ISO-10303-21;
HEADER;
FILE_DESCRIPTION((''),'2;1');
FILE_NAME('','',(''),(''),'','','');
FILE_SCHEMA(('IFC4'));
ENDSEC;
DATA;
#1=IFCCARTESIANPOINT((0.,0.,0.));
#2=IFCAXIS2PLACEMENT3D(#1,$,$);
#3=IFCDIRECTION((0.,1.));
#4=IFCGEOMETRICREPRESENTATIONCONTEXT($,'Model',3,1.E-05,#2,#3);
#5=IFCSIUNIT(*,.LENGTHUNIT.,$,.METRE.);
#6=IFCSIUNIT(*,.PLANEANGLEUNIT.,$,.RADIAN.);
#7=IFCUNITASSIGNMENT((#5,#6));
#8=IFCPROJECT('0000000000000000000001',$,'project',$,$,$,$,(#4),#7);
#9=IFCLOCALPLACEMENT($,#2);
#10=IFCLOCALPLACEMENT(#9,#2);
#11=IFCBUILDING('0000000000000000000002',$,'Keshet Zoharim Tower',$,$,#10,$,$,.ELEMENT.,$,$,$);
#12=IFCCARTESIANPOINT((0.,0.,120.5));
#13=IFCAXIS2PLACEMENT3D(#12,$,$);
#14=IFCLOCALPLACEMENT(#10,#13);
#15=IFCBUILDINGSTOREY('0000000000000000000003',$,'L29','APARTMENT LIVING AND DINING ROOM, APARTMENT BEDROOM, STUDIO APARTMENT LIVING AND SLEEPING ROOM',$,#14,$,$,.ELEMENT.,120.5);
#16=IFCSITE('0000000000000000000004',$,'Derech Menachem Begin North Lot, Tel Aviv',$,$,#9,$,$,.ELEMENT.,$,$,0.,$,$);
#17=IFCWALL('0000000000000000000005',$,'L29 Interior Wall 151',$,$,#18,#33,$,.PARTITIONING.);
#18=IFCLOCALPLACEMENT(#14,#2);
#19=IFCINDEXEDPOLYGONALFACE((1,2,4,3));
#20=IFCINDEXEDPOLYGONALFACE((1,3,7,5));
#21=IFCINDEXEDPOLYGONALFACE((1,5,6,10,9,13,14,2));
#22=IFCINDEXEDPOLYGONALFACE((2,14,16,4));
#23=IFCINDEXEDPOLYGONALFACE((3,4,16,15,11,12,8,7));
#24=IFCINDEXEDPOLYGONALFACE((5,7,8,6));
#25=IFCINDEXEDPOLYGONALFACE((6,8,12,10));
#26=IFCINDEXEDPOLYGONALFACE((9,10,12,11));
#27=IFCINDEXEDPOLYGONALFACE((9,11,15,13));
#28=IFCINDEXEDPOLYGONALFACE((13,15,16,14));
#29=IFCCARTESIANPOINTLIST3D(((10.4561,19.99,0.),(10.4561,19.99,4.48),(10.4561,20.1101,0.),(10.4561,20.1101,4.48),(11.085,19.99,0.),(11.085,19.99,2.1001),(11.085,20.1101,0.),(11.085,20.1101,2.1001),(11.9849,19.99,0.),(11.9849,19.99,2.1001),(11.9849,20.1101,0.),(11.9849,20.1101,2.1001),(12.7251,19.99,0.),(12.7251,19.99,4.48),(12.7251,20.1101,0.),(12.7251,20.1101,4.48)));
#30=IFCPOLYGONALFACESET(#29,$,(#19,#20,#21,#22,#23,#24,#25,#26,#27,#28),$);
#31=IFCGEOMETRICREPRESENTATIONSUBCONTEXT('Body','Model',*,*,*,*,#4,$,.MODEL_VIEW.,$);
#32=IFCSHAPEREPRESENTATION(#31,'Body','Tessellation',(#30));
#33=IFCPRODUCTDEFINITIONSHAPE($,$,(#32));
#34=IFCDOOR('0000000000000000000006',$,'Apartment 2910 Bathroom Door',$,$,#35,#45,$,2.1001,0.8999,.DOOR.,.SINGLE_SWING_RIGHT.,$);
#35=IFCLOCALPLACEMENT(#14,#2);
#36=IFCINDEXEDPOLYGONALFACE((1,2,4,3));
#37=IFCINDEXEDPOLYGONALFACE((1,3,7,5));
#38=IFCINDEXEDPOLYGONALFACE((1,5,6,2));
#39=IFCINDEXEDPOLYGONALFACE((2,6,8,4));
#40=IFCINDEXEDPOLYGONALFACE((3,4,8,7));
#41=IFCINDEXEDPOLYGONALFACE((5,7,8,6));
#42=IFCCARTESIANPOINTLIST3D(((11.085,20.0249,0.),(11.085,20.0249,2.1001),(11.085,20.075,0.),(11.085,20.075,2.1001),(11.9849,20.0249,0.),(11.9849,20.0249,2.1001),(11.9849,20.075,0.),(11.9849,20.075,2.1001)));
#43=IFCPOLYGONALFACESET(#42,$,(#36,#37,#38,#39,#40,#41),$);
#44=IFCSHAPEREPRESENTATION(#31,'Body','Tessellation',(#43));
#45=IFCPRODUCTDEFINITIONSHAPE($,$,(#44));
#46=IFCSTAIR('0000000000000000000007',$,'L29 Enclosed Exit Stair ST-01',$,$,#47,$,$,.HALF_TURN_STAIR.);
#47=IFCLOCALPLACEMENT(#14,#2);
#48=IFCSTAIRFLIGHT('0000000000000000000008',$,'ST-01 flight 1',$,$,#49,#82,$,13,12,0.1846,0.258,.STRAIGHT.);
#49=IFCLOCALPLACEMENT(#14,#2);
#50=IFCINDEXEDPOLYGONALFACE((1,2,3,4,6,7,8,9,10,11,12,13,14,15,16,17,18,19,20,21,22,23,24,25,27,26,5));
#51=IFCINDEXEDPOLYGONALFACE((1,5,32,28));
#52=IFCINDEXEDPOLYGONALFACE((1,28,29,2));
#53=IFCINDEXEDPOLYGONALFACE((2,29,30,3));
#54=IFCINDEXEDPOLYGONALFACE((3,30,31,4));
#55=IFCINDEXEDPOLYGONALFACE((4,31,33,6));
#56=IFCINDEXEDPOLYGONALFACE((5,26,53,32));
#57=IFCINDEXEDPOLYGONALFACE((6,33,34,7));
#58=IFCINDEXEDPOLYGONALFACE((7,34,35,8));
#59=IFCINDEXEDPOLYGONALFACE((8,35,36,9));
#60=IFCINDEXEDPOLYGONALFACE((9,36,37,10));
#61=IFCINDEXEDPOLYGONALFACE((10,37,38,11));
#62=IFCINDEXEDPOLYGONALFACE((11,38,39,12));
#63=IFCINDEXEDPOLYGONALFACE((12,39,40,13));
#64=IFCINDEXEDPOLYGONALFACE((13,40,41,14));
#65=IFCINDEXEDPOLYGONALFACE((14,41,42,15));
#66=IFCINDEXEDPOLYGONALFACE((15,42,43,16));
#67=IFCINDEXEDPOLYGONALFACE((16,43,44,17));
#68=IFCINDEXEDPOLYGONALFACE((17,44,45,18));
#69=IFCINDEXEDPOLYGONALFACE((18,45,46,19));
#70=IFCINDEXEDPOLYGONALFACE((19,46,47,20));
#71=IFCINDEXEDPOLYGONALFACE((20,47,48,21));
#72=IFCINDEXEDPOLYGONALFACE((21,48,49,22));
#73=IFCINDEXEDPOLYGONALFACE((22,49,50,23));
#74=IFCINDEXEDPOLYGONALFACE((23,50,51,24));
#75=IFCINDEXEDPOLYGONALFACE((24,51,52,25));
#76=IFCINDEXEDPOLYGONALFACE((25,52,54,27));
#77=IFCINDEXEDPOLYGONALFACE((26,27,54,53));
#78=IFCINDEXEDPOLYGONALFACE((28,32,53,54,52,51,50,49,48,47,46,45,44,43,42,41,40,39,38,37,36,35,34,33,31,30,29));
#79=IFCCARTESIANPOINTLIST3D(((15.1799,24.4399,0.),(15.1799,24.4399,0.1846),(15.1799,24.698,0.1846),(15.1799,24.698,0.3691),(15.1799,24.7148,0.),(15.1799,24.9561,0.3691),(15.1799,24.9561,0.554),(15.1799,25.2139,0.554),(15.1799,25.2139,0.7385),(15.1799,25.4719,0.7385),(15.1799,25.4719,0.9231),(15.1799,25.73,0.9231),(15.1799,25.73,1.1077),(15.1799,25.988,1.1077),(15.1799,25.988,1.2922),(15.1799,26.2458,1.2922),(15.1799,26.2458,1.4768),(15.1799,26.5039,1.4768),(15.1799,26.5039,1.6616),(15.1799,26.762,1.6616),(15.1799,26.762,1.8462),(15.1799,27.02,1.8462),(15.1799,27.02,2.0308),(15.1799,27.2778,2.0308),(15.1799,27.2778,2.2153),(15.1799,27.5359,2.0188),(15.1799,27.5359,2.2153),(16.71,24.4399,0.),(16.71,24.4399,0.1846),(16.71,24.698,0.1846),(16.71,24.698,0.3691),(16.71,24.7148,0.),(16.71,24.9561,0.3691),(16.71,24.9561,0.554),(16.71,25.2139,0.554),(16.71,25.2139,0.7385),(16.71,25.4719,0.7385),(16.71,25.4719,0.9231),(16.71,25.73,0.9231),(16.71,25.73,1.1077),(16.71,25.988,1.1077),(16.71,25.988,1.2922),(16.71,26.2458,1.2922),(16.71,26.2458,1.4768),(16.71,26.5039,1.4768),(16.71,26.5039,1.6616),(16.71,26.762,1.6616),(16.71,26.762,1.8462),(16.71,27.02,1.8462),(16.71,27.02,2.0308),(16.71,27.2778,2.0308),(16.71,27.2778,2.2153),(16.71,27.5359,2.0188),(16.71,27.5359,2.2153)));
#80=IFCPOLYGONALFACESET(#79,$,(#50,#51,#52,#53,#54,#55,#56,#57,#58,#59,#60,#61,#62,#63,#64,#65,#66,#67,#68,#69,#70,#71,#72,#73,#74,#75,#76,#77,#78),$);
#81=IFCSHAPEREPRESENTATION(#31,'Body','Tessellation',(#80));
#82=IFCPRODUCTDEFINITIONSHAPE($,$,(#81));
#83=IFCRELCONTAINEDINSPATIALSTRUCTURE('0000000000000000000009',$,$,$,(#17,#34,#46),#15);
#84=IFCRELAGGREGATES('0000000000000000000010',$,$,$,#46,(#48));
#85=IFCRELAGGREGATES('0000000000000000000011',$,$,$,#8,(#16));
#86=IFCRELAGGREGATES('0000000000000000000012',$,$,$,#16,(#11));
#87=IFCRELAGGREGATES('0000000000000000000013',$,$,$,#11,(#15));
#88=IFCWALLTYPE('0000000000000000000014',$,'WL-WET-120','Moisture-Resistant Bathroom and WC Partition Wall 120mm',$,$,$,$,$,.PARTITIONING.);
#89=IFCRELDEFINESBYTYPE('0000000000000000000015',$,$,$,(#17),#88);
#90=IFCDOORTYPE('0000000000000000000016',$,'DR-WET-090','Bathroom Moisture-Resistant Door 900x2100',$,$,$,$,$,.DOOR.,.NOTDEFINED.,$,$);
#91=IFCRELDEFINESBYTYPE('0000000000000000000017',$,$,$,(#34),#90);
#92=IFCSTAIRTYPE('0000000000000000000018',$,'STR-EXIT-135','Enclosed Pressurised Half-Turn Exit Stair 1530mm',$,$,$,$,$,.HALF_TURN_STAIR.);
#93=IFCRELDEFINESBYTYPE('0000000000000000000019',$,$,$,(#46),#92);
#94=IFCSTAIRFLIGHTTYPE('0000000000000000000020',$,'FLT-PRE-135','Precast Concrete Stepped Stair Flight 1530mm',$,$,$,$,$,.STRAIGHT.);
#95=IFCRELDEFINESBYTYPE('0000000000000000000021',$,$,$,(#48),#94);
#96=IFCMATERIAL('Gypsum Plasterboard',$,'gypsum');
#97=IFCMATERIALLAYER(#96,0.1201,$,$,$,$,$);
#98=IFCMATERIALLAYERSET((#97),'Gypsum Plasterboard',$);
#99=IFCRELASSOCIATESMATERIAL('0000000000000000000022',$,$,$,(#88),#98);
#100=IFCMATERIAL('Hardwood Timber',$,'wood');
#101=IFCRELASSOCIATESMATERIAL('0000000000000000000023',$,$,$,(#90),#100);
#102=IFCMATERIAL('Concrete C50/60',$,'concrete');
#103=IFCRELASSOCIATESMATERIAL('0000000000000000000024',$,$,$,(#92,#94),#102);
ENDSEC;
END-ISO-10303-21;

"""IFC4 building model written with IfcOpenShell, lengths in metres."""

from ifc_helpers import new_model, si_unit, direction, frame, frame_2d, origin, place, context, subcontext, project, spatial, polyline, rectangle, outline, extrude, material, layer, layer_set, type_object, element, fill, aggregate, save


model = new_model("IFC4")

# Units and contexts
model_context = context("Model", 3, precision=1e-05, world=origin(), true_north=direction((0.0, 1.0)))
body_context = subcontext(model_context, "Body", "Model", "MODEL_VIEW")
ifc_project = project(units=[si_unit("LENGTHUNIT", "METRE"), si_unit("PLANEANGLEUNIT", "RADIAN")], contexts=[model_context])

# Site, building, storey
site_placement = place(None, origin())
site = spatial("IfcSite", under=ifc_project, at=site_placement, Name="Derech Menachem Begin North Lot, Tel Aviv", CompositionType="ELEMENT", RefElevation=0.0)
building_placement = place(site_placement, origin())
building = spatial("IfcBuilding", under=site, at=building_placement, Name="Keshet Zoharim Tower", CompositionType="ELEMENT")
storey_placement = place(building_placement, frame((0.0, 0.0, 120.5)))
storey = spatial("IfcBuildingStorey", under=building, at=storey_placement, Name="L29", Description="APARTMENT LIVING AND DINING ROOM, APARTMENT BEDROOM, STUDIO APARTMENT LIVING AND SLEEPING ROOM", CompositionType="ELEMENT", Elevation=120.5)

# Shared definitions
ifc_material_1 = material(Name="Gypsum Plasterboard", Category="gypsum")

# Shared definitions
ifc_material_2 = material(Name="Concrete C50/60", Category="concrete")
ifc_material_3 = material(Name="Hardwood Timber", Category="wood")

# Shared definitions
ifc_layer_1 = layer(ifc_material_1, 0.1201)
ifc_layer_set_1 = layer_set([ifc_layer_1], Name="Gypsum Plasterboard")
wall_type_1 = type_object("IfcWallType", Name="WL-WET-120", Description="Moisture-Resistant Bathroom and WC Partition Wall 120mm", PredefinedType="PARTITIONING", material=ifc_layer_set_1)

# Wall, opening, door
wall_1_placement = place(storey_placement, frame((10.4561, 20.05, 0.0), z_axis=(0.0, 0.0, 1.0), x_axis=(1.0, 0.0, 0.0)))
wall_1 = element("IfcWall", 1, at=wall_1_placement, inside=storey, type_object=wall_type_1, Name="L29 Interior Wall 151", PredefinedType="PARTITIONING", context=body_context, shape_type="SweptSolid", body=[
    extrude(rectangle(XDim=2.269, YDim=0.1201, at=frame_2d((1.1345, 0.0))), origin(), (0.0, 0.0, 1.0), 4.48),
])
opening_1_placement = place(wall_1_placement, frame((0.6289, 0.0, 0.0)))
opening_1 = element("IfcOpeningElement", 2, at=opening_1_placement, cuts=wall_1, PredefinedType="OPENING", context=body_context, shape_type="SweptSolid", body=[
    extrude(rectangle(XDim=0.8999, YDim=2.1001, at=frame_2d((0.45, 1.05))), frame((0.0, 0.0701, 0.0), z_axis=(0.0, -1.0, 0.0), x_axis=(1.0, 0.0, 0.0)), (0.0, 0.0, 1.0), 0.1401),
])
door_type_1 = type_object("IfcDoorType", Name="DR-WET-090", Description="Bathroom Moisture-Resistant Door 900x2100", OperationType="NOTDEFINED", PredefinedType="DOOR", material=ifc_material_3)
door_1_placement = place(opening_1_placement, origin())
door_1 = element("IfcDoor", 3, at=door_1_placement, inside=storey, type_object=door_type_1, Name="Apartment 2910 Bathroom Door", OperationType="SINGLE_SWING_RIGHT", OverallHeight=2.1001, OverallWidth=0.8999, PredefinedType="DOOR", context=body_context, shape_type="SweptSolid", body=[
    extrude(rectangle(XDim=0.8999, YDim=2.1001, at=frame_2d((0.45, 1.05))), frame((0.0, 0.0249, 0.0), z_axis=(0.0, -1.0, 0.0), x_axis=(1.0, 0.0, 0.0)), (0.0, 0.0, 1.0), 0.05),
])
fill(opening_1, door_1)

# Stair, stair flight
stair_type = type_object("IfcStairType", Name="STR-EXIT-135", Description="Enclosed Pressurised Half-Turn Exit Stair 1530mm", PredefinedType="HALF_TURN_STAIR", material=ifc_material_2)
stair_placement = place(storey_placement, origin())
stair = element("IfcStair", 4, at=stair_placement, inside=storey, type_object=stair_type, Name="L29 Enclosed Exit Stair ST-01", PredefinedType="HALF_TURN_STAIR")
stair_flight_type = type_object("IfcStairFlightType", Name="FLT-PRE-135", Description="Precast Concrete Stepped Stair Flight 1530mm", PredefinedType="STRAIGHT", material=ifc_material_2)
stair_flight_placement = place(storey_placement, frame((15.9451, 24.4399, 0.0), z_axis=(0.0, 0.0, 1.0), x_axis=(0.0, 1.0, 0.0)))
stair_flight = element("IfcStairFlight", 5, at=stair_flight_placement, type_object=stair_flight_type, Name="ST-01 flight 1", NumberOfRisers=13, NumberOfTreads=12, PredefinedType="STRAIGHT", RiserHeight=0.1846, TreadLength=0.258, context=body_context, shape_type="SweptSolid", body=[
    extrude(outline(polyline([(0.0, 0.0), (0.0, 0.1846), (0.2581, 0.1846), (0.2581, 0.3691), (0.5161, 0.3691), (0.5161, 0.554), (0.7739, 0.554), (0.7739, 0.7385), (1.032, 0.7385), (1.032, 0.9231), (1.29, 0.9231), (1.29, 1.1077), (1.5481, 1.1077), (1.5481, 1.2922), (1.8059, 1.2922), (1.8059, 1.4768), (2.064, 1.4768), (2.064, 1.6616), (2.322, 1.6616), (2.322, 1.8462), (2.5801, 1.8462), (2.5801, 2.0308), (2.8379, 2.0308), (2.8379, 2.2153), (3.0959, 2.2153), (3.0959, 2.3999), (3.0959, 2.0188), (0.2749, 0.0), (0.0, 0.0)])), frame((0.0, 0.7651, 0.0), z_axis=(0.0, -1.0, 0.0), x_axis=(1.0, 0.0, 0.0)), (0.0, 0.0, 1.0), 1.53),
])
aggregate(stair, [stair_flight])

save(model, "model.ifc")
